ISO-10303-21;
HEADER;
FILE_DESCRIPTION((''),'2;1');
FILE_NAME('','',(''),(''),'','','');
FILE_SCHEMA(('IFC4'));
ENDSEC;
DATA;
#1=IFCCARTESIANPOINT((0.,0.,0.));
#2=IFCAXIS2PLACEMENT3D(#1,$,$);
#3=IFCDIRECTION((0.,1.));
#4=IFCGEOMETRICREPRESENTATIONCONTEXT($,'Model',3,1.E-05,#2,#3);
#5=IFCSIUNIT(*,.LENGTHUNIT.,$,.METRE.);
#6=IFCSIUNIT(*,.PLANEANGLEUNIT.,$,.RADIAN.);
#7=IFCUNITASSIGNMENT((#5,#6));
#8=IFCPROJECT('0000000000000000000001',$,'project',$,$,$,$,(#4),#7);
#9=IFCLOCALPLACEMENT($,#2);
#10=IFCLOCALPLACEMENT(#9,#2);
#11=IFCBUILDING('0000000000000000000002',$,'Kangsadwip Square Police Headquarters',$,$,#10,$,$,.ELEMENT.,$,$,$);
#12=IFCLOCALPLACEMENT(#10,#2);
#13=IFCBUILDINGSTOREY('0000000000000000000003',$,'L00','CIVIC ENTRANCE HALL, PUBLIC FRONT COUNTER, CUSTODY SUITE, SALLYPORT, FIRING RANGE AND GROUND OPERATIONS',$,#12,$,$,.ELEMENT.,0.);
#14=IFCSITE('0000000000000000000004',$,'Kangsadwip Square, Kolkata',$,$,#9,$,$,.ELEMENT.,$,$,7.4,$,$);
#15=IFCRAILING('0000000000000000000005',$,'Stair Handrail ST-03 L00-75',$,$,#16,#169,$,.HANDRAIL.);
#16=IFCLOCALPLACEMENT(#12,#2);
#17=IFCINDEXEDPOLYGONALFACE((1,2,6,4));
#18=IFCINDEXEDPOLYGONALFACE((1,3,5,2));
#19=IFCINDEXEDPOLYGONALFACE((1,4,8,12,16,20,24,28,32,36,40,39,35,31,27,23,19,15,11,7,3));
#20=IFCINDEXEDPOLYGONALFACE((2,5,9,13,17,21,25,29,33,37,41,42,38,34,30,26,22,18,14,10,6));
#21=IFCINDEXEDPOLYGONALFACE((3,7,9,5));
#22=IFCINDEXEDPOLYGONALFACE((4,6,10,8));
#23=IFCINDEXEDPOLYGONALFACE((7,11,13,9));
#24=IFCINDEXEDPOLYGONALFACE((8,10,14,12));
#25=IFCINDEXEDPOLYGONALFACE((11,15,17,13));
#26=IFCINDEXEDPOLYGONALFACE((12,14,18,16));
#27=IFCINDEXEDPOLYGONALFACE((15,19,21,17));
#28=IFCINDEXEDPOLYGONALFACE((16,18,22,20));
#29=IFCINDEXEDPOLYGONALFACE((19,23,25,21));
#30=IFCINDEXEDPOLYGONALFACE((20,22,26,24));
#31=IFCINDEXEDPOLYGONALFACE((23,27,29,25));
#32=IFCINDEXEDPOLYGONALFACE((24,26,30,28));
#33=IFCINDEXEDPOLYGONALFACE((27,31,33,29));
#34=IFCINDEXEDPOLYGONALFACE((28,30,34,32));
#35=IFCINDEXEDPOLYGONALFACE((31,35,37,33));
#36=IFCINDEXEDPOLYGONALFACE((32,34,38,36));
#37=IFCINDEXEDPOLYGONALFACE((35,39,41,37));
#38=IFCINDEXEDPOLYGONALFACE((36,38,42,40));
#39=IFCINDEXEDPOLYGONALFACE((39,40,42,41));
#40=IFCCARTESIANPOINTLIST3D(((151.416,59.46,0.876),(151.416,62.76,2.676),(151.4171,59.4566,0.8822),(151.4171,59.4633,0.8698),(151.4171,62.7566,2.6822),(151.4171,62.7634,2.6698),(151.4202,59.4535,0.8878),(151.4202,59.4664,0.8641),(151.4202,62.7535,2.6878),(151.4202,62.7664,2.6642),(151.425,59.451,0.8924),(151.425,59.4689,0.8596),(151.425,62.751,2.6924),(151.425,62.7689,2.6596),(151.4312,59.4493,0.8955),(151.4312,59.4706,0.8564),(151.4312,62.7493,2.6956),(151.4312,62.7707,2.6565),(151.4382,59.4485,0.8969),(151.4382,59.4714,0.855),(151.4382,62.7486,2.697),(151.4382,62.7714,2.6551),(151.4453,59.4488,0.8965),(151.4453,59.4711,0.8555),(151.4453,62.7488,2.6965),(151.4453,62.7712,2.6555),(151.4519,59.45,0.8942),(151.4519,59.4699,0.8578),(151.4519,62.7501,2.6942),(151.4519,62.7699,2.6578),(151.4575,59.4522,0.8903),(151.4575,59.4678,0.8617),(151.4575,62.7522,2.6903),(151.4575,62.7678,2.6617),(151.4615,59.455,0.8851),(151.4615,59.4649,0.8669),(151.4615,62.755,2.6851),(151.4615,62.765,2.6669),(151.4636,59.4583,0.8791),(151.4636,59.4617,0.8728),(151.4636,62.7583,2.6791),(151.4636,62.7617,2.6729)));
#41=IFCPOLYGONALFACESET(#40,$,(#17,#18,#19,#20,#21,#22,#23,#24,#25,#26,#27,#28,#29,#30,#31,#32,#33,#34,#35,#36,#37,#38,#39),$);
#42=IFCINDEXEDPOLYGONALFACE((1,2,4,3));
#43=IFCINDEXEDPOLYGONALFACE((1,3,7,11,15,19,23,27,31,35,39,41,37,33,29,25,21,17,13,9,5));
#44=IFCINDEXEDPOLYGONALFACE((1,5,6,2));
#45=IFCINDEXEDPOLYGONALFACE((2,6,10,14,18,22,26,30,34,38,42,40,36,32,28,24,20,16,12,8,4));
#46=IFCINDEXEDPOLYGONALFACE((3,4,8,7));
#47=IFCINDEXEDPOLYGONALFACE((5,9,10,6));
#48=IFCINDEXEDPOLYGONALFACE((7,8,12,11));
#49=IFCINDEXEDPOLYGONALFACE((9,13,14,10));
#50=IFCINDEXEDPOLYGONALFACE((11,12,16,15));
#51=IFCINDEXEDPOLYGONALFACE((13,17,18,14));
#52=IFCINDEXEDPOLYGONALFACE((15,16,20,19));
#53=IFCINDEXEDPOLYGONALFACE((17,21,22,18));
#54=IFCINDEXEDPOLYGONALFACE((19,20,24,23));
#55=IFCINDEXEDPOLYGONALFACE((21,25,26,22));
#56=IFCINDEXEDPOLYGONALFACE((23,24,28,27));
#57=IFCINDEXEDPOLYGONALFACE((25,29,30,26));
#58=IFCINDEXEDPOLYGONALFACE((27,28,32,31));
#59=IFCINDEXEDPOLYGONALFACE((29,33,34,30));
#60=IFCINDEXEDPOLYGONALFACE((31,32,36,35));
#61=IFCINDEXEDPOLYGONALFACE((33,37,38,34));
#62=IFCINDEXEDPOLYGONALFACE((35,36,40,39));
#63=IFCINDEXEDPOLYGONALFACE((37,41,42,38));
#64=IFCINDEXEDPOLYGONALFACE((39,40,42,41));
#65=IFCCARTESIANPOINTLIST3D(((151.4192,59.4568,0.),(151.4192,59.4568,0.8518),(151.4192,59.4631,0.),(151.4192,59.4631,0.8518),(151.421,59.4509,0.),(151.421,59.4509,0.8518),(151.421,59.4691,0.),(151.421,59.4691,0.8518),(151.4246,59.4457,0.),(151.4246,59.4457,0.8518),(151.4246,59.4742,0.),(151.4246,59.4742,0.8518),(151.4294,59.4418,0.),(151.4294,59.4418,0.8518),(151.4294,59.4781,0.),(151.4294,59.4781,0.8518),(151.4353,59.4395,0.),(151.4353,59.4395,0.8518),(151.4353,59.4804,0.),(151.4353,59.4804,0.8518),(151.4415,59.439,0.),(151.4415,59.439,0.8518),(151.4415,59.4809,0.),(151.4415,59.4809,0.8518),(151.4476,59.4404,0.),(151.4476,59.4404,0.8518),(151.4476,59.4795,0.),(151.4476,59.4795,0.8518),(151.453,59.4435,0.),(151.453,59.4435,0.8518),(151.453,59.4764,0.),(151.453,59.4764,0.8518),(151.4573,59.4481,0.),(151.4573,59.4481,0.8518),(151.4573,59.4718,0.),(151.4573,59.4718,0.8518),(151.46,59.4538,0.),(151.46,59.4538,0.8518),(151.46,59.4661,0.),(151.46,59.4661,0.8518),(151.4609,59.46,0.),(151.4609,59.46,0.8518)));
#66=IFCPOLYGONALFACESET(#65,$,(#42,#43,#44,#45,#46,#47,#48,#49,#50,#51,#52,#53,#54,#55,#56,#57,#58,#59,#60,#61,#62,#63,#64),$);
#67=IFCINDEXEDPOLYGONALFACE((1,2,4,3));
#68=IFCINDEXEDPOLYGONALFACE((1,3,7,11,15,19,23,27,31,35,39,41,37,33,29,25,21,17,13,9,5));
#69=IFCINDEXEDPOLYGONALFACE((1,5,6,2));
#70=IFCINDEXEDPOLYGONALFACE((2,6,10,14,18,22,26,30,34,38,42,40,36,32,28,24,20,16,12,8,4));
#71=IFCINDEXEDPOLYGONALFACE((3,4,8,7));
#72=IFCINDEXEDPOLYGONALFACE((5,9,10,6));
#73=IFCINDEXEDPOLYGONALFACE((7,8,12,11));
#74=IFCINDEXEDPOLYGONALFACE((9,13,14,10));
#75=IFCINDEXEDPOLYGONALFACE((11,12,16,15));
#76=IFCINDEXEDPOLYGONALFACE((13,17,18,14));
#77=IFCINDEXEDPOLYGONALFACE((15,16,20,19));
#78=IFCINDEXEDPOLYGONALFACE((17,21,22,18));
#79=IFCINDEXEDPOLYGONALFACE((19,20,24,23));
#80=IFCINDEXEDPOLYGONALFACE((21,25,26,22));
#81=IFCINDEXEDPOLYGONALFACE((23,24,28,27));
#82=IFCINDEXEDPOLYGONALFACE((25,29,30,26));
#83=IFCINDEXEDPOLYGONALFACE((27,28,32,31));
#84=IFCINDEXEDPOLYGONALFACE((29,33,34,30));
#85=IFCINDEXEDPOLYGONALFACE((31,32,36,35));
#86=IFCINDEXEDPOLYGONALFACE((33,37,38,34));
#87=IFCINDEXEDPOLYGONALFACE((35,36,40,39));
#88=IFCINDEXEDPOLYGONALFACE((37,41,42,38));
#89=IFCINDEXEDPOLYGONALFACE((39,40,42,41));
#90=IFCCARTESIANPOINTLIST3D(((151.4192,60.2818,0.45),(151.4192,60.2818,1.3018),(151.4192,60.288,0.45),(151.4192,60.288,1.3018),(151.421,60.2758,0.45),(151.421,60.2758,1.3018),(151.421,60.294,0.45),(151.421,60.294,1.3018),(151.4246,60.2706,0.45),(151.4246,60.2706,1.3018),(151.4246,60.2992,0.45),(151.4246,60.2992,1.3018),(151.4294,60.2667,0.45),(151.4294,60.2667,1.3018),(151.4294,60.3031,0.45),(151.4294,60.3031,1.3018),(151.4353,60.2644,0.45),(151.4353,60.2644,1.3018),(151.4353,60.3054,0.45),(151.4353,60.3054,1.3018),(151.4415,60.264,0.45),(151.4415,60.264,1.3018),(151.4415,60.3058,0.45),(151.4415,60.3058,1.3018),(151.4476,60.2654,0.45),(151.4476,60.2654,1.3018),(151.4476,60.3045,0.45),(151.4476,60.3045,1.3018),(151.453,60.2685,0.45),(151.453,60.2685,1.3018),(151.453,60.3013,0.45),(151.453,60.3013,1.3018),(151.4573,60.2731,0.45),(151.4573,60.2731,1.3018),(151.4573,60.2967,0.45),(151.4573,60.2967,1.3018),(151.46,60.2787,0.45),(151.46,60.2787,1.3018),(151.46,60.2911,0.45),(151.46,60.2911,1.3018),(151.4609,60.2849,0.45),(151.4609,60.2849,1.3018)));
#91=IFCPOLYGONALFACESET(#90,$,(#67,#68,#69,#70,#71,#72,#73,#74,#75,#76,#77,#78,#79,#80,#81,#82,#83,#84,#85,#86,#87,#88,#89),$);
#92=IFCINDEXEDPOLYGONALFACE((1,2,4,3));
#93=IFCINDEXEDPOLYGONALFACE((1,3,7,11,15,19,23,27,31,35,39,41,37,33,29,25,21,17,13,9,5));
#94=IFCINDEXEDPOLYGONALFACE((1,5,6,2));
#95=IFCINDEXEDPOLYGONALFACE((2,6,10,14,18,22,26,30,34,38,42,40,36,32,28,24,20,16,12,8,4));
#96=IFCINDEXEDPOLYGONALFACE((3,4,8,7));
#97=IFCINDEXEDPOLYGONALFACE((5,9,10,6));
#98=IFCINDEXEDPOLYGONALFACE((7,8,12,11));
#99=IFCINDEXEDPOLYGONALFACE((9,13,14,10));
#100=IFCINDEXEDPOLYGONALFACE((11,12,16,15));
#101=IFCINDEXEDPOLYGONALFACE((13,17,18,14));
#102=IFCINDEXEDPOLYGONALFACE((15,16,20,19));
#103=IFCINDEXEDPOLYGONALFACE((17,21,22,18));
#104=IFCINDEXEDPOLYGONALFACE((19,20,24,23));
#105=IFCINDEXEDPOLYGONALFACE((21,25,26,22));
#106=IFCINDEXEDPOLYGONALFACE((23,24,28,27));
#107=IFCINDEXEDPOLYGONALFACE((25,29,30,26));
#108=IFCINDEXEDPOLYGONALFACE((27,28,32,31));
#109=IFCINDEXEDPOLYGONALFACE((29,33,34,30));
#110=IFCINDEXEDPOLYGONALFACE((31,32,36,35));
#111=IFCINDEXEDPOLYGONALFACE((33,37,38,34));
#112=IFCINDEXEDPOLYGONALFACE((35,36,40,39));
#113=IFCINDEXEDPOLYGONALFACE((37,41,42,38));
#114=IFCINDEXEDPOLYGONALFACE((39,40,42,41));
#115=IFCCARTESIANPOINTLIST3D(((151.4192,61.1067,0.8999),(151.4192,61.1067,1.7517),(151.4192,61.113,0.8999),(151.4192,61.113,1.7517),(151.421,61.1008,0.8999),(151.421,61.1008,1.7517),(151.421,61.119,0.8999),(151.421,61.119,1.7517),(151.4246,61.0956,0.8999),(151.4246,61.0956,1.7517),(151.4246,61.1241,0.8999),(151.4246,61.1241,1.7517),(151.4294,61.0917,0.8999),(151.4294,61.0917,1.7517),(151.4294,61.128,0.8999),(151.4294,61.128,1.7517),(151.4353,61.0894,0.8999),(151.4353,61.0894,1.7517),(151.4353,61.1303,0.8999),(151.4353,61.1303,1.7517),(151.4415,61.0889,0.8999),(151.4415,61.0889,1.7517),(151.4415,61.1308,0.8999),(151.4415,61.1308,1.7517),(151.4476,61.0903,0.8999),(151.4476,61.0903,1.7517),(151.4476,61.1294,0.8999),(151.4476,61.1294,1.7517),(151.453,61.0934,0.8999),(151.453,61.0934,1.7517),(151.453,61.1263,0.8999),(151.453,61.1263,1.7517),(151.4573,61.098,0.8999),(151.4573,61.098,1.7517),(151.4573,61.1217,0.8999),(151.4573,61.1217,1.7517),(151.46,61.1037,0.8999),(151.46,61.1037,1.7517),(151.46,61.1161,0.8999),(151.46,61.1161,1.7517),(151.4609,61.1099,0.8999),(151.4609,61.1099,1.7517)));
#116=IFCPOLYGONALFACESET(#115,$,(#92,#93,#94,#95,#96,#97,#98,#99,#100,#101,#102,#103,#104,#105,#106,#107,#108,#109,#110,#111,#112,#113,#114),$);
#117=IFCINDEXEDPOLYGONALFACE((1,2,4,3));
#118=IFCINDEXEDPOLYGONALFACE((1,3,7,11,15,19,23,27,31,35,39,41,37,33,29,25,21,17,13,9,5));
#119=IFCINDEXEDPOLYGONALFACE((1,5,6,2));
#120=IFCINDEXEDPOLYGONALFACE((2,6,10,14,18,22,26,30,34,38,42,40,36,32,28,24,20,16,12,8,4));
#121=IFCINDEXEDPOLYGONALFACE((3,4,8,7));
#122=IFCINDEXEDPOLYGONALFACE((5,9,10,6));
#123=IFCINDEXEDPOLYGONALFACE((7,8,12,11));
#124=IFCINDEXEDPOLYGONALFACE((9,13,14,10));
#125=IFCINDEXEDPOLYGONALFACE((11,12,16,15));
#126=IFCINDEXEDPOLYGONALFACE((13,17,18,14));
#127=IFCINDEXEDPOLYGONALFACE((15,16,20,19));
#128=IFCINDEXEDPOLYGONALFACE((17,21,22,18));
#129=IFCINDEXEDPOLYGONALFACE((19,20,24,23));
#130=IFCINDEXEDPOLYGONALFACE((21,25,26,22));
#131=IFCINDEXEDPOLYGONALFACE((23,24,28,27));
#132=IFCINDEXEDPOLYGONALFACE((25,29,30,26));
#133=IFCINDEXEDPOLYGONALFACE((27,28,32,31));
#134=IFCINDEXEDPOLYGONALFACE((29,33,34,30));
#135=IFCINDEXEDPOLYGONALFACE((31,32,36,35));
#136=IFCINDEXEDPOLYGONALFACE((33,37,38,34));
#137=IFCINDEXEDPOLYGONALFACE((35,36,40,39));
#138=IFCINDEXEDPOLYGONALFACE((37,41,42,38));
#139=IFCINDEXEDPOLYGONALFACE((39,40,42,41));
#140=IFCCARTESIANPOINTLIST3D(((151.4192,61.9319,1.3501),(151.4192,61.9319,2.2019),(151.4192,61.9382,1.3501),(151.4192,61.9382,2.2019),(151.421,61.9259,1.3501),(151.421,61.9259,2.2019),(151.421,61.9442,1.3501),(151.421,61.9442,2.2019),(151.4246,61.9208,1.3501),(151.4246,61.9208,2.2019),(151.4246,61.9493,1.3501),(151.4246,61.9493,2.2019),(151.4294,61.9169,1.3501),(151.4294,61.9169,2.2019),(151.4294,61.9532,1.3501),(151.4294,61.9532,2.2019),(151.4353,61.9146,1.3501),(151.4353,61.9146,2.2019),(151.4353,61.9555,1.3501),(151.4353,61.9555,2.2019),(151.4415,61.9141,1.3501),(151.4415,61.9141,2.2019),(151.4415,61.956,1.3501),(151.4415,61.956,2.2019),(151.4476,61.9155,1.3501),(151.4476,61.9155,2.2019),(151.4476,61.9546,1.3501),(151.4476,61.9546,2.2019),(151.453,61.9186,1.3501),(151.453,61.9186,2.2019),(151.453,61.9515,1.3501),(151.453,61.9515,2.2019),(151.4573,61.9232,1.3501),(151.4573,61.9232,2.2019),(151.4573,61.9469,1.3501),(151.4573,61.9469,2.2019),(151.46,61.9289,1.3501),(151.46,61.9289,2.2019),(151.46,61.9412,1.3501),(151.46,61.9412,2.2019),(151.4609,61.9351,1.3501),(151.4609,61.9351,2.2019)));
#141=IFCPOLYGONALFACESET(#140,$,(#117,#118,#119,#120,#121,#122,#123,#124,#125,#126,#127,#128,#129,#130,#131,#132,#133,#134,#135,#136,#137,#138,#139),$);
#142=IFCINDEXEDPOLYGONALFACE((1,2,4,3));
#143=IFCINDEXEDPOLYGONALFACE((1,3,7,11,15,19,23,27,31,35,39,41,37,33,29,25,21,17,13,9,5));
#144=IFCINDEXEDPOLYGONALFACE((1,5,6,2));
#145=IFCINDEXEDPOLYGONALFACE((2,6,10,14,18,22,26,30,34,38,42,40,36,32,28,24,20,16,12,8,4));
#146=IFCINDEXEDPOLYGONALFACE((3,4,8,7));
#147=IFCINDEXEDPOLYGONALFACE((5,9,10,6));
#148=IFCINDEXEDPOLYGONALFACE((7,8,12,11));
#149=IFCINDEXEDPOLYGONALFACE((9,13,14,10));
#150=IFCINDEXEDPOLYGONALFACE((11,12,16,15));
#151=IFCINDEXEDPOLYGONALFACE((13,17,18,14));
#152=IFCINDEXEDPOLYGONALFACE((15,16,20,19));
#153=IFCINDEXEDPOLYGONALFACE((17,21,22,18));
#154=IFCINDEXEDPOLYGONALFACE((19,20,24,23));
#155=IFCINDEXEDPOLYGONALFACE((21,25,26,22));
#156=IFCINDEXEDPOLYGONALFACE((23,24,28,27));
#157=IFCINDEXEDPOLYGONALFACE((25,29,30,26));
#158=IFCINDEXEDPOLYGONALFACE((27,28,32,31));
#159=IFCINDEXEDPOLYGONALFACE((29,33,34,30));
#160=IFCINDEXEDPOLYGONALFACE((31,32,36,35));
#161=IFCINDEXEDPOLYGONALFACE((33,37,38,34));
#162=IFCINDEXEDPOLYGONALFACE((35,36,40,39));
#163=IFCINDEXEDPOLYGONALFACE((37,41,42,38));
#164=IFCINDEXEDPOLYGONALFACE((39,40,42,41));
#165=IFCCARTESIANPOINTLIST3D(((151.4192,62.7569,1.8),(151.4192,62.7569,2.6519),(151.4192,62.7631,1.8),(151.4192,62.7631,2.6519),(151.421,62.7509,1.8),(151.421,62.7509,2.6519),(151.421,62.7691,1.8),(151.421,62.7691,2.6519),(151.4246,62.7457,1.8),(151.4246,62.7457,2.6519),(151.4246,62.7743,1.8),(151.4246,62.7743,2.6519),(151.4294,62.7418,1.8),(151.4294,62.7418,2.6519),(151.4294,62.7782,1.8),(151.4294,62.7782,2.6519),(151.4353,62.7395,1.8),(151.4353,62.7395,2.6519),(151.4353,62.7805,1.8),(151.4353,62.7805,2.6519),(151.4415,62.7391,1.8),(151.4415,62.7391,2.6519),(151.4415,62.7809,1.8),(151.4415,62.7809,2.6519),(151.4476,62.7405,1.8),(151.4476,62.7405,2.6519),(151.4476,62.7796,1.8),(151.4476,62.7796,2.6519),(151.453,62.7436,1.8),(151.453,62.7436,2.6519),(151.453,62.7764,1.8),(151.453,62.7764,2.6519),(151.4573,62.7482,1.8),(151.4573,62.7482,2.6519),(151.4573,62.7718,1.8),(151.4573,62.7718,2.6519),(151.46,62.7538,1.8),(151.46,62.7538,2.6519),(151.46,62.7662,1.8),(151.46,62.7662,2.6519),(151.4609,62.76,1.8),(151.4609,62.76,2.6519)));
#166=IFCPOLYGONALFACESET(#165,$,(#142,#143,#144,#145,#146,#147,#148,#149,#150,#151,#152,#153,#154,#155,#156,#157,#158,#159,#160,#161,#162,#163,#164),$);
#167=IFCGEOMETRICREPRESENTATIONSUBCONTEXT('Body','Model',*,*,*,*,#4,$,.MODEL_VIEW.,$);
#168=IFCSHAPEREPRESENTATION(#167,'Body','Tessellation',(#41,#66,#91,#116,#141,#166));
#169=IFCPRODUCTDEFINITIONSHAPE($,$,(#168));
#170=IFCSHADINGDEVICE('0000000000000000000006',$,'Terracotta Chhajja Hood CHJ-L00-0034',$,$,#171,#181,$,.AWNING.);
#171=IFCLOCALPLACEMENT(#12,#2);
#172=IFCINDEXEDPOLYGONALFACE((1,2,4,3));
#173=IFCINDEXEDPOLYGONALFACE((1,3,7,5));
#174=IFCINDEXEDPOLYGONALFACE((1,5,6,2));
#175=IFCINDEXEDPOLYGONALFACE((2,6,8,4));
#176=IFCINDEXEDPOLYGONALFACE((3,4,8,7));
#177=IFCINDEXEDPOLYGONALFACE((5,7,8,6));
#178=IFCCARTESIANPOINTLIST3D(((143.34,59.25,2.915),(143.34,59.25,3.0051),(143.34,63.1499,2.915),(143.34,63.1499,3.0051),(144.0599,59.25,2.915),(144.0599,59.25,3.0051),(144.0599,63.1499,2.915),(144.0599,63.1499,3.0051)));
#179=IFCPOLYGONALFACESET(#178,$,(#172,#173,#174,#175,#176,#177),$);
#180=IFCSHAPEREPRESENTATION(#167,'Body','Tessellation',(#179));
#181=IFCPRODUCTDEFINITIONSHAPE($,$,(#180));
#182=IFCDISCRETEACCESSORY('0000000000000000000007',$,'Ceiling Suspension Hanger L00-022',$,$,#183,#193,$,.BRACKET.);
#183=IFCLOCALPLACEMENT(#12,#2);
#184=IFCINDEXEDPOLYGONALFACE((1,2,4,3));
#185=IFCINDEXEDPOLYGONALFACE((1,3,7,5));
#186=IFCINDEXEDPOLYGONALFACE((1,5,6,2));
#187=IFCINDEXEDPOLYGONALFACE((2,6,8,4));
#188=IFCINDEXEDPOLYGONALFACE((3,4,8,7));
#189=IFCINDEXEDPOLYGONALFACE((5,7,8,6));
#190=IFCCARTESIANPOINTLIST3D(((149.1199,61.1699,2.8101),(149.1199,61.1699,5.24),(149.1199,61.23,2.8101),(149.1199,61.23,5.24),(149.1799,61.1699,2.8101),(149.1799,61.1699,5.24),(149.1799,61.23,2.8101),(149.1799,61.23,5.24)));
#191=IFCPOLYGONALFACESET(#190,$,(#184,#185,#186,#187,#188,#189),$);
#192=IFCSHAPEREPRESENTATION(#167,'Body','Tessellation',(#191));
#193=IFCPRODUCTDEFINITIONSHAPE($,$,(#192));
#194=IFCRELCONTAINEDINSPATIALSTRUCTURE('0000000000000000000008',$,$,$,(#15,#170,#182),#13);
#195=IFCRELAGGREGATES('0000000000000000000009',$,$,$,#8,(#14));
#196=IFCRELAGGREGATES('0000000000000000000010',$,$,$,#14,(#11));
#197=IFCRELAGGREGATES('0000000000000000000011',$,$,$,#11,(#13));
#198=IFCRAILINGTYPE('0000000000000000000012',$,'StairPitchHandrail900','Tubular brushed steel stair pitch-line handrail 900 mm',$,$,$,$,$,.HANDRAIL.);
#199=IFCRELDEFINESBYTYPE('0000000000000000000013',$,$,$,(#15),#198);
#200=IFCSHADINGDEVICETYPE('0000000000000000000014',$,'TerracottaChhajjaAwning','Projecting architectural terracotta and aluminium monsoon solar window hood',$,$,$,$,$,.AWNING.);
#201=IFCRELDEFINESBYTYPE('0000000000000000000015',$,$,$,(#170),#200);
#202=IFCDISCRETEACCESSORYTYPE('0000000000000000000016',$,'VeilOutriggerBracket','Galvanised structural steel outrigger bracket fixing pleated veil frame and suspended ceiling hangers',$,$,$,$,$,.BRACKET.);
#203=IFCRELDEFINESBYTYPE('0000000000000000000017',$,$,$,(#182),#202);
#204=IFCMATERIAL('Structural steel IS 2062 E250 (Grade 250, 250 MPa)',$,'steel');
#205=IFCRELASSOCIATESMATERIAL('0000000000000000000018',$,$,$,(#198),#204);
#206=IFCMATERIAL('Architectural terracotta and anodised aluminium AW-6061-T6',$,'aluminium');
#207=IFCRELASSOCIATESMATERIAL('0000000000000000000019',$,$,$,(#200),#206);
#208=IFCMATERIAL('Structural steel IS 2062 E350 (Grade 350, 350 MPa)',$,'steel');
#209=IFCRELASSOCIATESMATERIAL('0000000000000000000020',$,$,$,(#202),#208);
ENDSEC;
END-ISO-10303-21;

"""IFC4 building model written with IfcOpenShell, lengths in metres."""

from ifc_helpers import new_model, si_unit, direction, frame, origin, origin_2d, place, context, subcontext, project, spatial, rectangle, circle, extrude, material, type_object, element, save


model = new_model("IFC4")

# Units and contexts
model_context = context("Model", 3, precision=1e-05, world=origin(), true_north=direction((0.0, 1.0)))
body_context = subcontext(model_context, "Body", "Model", "MODEL_VIEW")
ifc_project = project(units=[si_unit("LENGTHUNIT", "METRE"), si_unit("PLANEANGLEUNIT", "RADIAN")], contexts=[model_context])

# Site, building, storey
site_placement = place(None, origin())
site = spatial("IfcSite", under=ifc_project, at=site_placement, Name="Kangsadwip Square, Kolkata", CompositionType="ELEMENT", RefElevation=7.4)
building_placement = place(site_placement, origin())
building = spatial("IfcBuilding", under=site, at=building_placement, Name="Kangsadwip Square Police Headquarters", CompositionType="ELEMENT")
storey_placement = place(building_placement, origin())
storey = spatial("IfcBuildingStorey", under=building, at=storey_placement, Name="L00", Description="CIVIC ENTRANCE HALL, PUBLIC FRONT COUNTER, CUSTODY SUITE, SALLYPORT, FIRING RANGE AND GROUND OPERATIONS", CompositionType="ELEMENT", Elevation=0.0)

# Railing
ifc_material_1 = material(Name="Structural steel IS 2062 E250 (Grade 250, 250 MPa)", Category="steel")
railing_type = type_object("IfcRailingType", Name="StairPitchHandrail900", Description="Tubular brushed steel stair pitch-line handrail 900 mm", PredefinedType="HANDRAIL", material=ifc_material_1)
railing_placement = place(storey_placement, frame((151.4399, 59.46, 0.0)))
element("IfcRailing", 1, at=railing_placement, inside=storey, type_object=railing_type, Name="Stair Handrail ST-03 L00-75", PredefinedType="HANDRAIL", context=body_context, shape_type="SweptSolid", body=[
    extrude(circle(Radius=0.0239, at=origin_2d()), frame((0.0, 0.0, 0.876), z_axis=(0.0, 0.877893, 0.478857), x_axis=(-1.0, 0.0, 0.0)), (0.0, 0.0, 1.0), 3.759),
    extrude(circle(Radius=0.021, at=origin_2d()), origin(), (0.0, 0.0, 1.0), 0.8518),
    extrude(circle(Radius=0.021, at=origin_2d()), frame((0.0, 0.825, 0.45)), (0.0, 0.0, 1.0), 0.8518),
    extrude(circle(Radius=0.021, at=origin_2d()), frame((0.0, 1.6499, 0.8999)), (0.0, 0.0, 1.0), 0.8518),
    extrude(circle(Radius=0.021, at=origin_2d()), frame((0.0, 2.4751, 1.3501)), (0.0, 0.0, 1.0), 0.8518),
    extrude(circle(Radius=0.021, at=origin_2d()), frame((0.0, 3.3, 1.8)), (0.0, 0.0, 1.0), 0.8518),
])

# Shading device
ifc_material_2 = material(Name="Architectural terracotta and anodised aluminium AW-6061-T6", Category="aluminium")
shading_device_type = type_object("IfcShadingDeviceType", Name="TerracottaChhajjaAwning", Description="Projecting architectural terracotta and aluminium monsoon solar window hood", PredefinedType="AWNING", material=ifc_material_2)
shading_device_placement = place(storey_placement, frame((143.7, 61.2, 2.915), z_axis=(0.0, 0.0, 1.0), x_axis=(0.0, 1.0, 0.0)))
element("IfcShadingDevice", 2, at=shading_device_placement, inside=storey, type_object=shading_device_type, Name="Terracotta Chhajja Hood CHJ-L00-0034", PredefinedType="AWNING", context=body_context, shape_type="SweptSolid", body=[
    extrude(rectangle(XDim=3.8999, YDim=0.72, at=origin_2d()), origin(), (0.0, 0.0, 1.0), 0.0901),
])

# Discrete accessory
ifc_material_3 = material(Name="Structural steel IS 2062 E350 (Grade 350, 350 MPa)", Category="steel")
discrete_accessory_type = type_object("IfcDiscreteAccessoryType", Name="VeilOutriggerBracket", Description="Galvanised structural steel outrigger bracket fixing pleated veil frame and suspended ceiling hangers", PredefinedType="BRACKET", material=ifc_material_3)
discrete_accessory_placement = place(storey_placement, frame((149.1499, 61.2, 2.8101), z_axis=(0.0, 0.0, 1.0), x_axis=(1.0, 0.0, 0.0)))
element("IfcDiscreteAccessory", 3, at=discrete_accessory_placement, inside=storey, type_object=discrete_accessory_type, Name="Ceiling Suspension Hanger L00-022", PredefinedType="BRACKET", context=body_context, shape_type="SweptSolid", body=[
    extrude(rectangle(XDim=0.0601, YDim=0.0601, at=origin_2d()), origin(), (0.0, 0.0, 1.0), 2.4299),
])

save(model, "model.ifc")
